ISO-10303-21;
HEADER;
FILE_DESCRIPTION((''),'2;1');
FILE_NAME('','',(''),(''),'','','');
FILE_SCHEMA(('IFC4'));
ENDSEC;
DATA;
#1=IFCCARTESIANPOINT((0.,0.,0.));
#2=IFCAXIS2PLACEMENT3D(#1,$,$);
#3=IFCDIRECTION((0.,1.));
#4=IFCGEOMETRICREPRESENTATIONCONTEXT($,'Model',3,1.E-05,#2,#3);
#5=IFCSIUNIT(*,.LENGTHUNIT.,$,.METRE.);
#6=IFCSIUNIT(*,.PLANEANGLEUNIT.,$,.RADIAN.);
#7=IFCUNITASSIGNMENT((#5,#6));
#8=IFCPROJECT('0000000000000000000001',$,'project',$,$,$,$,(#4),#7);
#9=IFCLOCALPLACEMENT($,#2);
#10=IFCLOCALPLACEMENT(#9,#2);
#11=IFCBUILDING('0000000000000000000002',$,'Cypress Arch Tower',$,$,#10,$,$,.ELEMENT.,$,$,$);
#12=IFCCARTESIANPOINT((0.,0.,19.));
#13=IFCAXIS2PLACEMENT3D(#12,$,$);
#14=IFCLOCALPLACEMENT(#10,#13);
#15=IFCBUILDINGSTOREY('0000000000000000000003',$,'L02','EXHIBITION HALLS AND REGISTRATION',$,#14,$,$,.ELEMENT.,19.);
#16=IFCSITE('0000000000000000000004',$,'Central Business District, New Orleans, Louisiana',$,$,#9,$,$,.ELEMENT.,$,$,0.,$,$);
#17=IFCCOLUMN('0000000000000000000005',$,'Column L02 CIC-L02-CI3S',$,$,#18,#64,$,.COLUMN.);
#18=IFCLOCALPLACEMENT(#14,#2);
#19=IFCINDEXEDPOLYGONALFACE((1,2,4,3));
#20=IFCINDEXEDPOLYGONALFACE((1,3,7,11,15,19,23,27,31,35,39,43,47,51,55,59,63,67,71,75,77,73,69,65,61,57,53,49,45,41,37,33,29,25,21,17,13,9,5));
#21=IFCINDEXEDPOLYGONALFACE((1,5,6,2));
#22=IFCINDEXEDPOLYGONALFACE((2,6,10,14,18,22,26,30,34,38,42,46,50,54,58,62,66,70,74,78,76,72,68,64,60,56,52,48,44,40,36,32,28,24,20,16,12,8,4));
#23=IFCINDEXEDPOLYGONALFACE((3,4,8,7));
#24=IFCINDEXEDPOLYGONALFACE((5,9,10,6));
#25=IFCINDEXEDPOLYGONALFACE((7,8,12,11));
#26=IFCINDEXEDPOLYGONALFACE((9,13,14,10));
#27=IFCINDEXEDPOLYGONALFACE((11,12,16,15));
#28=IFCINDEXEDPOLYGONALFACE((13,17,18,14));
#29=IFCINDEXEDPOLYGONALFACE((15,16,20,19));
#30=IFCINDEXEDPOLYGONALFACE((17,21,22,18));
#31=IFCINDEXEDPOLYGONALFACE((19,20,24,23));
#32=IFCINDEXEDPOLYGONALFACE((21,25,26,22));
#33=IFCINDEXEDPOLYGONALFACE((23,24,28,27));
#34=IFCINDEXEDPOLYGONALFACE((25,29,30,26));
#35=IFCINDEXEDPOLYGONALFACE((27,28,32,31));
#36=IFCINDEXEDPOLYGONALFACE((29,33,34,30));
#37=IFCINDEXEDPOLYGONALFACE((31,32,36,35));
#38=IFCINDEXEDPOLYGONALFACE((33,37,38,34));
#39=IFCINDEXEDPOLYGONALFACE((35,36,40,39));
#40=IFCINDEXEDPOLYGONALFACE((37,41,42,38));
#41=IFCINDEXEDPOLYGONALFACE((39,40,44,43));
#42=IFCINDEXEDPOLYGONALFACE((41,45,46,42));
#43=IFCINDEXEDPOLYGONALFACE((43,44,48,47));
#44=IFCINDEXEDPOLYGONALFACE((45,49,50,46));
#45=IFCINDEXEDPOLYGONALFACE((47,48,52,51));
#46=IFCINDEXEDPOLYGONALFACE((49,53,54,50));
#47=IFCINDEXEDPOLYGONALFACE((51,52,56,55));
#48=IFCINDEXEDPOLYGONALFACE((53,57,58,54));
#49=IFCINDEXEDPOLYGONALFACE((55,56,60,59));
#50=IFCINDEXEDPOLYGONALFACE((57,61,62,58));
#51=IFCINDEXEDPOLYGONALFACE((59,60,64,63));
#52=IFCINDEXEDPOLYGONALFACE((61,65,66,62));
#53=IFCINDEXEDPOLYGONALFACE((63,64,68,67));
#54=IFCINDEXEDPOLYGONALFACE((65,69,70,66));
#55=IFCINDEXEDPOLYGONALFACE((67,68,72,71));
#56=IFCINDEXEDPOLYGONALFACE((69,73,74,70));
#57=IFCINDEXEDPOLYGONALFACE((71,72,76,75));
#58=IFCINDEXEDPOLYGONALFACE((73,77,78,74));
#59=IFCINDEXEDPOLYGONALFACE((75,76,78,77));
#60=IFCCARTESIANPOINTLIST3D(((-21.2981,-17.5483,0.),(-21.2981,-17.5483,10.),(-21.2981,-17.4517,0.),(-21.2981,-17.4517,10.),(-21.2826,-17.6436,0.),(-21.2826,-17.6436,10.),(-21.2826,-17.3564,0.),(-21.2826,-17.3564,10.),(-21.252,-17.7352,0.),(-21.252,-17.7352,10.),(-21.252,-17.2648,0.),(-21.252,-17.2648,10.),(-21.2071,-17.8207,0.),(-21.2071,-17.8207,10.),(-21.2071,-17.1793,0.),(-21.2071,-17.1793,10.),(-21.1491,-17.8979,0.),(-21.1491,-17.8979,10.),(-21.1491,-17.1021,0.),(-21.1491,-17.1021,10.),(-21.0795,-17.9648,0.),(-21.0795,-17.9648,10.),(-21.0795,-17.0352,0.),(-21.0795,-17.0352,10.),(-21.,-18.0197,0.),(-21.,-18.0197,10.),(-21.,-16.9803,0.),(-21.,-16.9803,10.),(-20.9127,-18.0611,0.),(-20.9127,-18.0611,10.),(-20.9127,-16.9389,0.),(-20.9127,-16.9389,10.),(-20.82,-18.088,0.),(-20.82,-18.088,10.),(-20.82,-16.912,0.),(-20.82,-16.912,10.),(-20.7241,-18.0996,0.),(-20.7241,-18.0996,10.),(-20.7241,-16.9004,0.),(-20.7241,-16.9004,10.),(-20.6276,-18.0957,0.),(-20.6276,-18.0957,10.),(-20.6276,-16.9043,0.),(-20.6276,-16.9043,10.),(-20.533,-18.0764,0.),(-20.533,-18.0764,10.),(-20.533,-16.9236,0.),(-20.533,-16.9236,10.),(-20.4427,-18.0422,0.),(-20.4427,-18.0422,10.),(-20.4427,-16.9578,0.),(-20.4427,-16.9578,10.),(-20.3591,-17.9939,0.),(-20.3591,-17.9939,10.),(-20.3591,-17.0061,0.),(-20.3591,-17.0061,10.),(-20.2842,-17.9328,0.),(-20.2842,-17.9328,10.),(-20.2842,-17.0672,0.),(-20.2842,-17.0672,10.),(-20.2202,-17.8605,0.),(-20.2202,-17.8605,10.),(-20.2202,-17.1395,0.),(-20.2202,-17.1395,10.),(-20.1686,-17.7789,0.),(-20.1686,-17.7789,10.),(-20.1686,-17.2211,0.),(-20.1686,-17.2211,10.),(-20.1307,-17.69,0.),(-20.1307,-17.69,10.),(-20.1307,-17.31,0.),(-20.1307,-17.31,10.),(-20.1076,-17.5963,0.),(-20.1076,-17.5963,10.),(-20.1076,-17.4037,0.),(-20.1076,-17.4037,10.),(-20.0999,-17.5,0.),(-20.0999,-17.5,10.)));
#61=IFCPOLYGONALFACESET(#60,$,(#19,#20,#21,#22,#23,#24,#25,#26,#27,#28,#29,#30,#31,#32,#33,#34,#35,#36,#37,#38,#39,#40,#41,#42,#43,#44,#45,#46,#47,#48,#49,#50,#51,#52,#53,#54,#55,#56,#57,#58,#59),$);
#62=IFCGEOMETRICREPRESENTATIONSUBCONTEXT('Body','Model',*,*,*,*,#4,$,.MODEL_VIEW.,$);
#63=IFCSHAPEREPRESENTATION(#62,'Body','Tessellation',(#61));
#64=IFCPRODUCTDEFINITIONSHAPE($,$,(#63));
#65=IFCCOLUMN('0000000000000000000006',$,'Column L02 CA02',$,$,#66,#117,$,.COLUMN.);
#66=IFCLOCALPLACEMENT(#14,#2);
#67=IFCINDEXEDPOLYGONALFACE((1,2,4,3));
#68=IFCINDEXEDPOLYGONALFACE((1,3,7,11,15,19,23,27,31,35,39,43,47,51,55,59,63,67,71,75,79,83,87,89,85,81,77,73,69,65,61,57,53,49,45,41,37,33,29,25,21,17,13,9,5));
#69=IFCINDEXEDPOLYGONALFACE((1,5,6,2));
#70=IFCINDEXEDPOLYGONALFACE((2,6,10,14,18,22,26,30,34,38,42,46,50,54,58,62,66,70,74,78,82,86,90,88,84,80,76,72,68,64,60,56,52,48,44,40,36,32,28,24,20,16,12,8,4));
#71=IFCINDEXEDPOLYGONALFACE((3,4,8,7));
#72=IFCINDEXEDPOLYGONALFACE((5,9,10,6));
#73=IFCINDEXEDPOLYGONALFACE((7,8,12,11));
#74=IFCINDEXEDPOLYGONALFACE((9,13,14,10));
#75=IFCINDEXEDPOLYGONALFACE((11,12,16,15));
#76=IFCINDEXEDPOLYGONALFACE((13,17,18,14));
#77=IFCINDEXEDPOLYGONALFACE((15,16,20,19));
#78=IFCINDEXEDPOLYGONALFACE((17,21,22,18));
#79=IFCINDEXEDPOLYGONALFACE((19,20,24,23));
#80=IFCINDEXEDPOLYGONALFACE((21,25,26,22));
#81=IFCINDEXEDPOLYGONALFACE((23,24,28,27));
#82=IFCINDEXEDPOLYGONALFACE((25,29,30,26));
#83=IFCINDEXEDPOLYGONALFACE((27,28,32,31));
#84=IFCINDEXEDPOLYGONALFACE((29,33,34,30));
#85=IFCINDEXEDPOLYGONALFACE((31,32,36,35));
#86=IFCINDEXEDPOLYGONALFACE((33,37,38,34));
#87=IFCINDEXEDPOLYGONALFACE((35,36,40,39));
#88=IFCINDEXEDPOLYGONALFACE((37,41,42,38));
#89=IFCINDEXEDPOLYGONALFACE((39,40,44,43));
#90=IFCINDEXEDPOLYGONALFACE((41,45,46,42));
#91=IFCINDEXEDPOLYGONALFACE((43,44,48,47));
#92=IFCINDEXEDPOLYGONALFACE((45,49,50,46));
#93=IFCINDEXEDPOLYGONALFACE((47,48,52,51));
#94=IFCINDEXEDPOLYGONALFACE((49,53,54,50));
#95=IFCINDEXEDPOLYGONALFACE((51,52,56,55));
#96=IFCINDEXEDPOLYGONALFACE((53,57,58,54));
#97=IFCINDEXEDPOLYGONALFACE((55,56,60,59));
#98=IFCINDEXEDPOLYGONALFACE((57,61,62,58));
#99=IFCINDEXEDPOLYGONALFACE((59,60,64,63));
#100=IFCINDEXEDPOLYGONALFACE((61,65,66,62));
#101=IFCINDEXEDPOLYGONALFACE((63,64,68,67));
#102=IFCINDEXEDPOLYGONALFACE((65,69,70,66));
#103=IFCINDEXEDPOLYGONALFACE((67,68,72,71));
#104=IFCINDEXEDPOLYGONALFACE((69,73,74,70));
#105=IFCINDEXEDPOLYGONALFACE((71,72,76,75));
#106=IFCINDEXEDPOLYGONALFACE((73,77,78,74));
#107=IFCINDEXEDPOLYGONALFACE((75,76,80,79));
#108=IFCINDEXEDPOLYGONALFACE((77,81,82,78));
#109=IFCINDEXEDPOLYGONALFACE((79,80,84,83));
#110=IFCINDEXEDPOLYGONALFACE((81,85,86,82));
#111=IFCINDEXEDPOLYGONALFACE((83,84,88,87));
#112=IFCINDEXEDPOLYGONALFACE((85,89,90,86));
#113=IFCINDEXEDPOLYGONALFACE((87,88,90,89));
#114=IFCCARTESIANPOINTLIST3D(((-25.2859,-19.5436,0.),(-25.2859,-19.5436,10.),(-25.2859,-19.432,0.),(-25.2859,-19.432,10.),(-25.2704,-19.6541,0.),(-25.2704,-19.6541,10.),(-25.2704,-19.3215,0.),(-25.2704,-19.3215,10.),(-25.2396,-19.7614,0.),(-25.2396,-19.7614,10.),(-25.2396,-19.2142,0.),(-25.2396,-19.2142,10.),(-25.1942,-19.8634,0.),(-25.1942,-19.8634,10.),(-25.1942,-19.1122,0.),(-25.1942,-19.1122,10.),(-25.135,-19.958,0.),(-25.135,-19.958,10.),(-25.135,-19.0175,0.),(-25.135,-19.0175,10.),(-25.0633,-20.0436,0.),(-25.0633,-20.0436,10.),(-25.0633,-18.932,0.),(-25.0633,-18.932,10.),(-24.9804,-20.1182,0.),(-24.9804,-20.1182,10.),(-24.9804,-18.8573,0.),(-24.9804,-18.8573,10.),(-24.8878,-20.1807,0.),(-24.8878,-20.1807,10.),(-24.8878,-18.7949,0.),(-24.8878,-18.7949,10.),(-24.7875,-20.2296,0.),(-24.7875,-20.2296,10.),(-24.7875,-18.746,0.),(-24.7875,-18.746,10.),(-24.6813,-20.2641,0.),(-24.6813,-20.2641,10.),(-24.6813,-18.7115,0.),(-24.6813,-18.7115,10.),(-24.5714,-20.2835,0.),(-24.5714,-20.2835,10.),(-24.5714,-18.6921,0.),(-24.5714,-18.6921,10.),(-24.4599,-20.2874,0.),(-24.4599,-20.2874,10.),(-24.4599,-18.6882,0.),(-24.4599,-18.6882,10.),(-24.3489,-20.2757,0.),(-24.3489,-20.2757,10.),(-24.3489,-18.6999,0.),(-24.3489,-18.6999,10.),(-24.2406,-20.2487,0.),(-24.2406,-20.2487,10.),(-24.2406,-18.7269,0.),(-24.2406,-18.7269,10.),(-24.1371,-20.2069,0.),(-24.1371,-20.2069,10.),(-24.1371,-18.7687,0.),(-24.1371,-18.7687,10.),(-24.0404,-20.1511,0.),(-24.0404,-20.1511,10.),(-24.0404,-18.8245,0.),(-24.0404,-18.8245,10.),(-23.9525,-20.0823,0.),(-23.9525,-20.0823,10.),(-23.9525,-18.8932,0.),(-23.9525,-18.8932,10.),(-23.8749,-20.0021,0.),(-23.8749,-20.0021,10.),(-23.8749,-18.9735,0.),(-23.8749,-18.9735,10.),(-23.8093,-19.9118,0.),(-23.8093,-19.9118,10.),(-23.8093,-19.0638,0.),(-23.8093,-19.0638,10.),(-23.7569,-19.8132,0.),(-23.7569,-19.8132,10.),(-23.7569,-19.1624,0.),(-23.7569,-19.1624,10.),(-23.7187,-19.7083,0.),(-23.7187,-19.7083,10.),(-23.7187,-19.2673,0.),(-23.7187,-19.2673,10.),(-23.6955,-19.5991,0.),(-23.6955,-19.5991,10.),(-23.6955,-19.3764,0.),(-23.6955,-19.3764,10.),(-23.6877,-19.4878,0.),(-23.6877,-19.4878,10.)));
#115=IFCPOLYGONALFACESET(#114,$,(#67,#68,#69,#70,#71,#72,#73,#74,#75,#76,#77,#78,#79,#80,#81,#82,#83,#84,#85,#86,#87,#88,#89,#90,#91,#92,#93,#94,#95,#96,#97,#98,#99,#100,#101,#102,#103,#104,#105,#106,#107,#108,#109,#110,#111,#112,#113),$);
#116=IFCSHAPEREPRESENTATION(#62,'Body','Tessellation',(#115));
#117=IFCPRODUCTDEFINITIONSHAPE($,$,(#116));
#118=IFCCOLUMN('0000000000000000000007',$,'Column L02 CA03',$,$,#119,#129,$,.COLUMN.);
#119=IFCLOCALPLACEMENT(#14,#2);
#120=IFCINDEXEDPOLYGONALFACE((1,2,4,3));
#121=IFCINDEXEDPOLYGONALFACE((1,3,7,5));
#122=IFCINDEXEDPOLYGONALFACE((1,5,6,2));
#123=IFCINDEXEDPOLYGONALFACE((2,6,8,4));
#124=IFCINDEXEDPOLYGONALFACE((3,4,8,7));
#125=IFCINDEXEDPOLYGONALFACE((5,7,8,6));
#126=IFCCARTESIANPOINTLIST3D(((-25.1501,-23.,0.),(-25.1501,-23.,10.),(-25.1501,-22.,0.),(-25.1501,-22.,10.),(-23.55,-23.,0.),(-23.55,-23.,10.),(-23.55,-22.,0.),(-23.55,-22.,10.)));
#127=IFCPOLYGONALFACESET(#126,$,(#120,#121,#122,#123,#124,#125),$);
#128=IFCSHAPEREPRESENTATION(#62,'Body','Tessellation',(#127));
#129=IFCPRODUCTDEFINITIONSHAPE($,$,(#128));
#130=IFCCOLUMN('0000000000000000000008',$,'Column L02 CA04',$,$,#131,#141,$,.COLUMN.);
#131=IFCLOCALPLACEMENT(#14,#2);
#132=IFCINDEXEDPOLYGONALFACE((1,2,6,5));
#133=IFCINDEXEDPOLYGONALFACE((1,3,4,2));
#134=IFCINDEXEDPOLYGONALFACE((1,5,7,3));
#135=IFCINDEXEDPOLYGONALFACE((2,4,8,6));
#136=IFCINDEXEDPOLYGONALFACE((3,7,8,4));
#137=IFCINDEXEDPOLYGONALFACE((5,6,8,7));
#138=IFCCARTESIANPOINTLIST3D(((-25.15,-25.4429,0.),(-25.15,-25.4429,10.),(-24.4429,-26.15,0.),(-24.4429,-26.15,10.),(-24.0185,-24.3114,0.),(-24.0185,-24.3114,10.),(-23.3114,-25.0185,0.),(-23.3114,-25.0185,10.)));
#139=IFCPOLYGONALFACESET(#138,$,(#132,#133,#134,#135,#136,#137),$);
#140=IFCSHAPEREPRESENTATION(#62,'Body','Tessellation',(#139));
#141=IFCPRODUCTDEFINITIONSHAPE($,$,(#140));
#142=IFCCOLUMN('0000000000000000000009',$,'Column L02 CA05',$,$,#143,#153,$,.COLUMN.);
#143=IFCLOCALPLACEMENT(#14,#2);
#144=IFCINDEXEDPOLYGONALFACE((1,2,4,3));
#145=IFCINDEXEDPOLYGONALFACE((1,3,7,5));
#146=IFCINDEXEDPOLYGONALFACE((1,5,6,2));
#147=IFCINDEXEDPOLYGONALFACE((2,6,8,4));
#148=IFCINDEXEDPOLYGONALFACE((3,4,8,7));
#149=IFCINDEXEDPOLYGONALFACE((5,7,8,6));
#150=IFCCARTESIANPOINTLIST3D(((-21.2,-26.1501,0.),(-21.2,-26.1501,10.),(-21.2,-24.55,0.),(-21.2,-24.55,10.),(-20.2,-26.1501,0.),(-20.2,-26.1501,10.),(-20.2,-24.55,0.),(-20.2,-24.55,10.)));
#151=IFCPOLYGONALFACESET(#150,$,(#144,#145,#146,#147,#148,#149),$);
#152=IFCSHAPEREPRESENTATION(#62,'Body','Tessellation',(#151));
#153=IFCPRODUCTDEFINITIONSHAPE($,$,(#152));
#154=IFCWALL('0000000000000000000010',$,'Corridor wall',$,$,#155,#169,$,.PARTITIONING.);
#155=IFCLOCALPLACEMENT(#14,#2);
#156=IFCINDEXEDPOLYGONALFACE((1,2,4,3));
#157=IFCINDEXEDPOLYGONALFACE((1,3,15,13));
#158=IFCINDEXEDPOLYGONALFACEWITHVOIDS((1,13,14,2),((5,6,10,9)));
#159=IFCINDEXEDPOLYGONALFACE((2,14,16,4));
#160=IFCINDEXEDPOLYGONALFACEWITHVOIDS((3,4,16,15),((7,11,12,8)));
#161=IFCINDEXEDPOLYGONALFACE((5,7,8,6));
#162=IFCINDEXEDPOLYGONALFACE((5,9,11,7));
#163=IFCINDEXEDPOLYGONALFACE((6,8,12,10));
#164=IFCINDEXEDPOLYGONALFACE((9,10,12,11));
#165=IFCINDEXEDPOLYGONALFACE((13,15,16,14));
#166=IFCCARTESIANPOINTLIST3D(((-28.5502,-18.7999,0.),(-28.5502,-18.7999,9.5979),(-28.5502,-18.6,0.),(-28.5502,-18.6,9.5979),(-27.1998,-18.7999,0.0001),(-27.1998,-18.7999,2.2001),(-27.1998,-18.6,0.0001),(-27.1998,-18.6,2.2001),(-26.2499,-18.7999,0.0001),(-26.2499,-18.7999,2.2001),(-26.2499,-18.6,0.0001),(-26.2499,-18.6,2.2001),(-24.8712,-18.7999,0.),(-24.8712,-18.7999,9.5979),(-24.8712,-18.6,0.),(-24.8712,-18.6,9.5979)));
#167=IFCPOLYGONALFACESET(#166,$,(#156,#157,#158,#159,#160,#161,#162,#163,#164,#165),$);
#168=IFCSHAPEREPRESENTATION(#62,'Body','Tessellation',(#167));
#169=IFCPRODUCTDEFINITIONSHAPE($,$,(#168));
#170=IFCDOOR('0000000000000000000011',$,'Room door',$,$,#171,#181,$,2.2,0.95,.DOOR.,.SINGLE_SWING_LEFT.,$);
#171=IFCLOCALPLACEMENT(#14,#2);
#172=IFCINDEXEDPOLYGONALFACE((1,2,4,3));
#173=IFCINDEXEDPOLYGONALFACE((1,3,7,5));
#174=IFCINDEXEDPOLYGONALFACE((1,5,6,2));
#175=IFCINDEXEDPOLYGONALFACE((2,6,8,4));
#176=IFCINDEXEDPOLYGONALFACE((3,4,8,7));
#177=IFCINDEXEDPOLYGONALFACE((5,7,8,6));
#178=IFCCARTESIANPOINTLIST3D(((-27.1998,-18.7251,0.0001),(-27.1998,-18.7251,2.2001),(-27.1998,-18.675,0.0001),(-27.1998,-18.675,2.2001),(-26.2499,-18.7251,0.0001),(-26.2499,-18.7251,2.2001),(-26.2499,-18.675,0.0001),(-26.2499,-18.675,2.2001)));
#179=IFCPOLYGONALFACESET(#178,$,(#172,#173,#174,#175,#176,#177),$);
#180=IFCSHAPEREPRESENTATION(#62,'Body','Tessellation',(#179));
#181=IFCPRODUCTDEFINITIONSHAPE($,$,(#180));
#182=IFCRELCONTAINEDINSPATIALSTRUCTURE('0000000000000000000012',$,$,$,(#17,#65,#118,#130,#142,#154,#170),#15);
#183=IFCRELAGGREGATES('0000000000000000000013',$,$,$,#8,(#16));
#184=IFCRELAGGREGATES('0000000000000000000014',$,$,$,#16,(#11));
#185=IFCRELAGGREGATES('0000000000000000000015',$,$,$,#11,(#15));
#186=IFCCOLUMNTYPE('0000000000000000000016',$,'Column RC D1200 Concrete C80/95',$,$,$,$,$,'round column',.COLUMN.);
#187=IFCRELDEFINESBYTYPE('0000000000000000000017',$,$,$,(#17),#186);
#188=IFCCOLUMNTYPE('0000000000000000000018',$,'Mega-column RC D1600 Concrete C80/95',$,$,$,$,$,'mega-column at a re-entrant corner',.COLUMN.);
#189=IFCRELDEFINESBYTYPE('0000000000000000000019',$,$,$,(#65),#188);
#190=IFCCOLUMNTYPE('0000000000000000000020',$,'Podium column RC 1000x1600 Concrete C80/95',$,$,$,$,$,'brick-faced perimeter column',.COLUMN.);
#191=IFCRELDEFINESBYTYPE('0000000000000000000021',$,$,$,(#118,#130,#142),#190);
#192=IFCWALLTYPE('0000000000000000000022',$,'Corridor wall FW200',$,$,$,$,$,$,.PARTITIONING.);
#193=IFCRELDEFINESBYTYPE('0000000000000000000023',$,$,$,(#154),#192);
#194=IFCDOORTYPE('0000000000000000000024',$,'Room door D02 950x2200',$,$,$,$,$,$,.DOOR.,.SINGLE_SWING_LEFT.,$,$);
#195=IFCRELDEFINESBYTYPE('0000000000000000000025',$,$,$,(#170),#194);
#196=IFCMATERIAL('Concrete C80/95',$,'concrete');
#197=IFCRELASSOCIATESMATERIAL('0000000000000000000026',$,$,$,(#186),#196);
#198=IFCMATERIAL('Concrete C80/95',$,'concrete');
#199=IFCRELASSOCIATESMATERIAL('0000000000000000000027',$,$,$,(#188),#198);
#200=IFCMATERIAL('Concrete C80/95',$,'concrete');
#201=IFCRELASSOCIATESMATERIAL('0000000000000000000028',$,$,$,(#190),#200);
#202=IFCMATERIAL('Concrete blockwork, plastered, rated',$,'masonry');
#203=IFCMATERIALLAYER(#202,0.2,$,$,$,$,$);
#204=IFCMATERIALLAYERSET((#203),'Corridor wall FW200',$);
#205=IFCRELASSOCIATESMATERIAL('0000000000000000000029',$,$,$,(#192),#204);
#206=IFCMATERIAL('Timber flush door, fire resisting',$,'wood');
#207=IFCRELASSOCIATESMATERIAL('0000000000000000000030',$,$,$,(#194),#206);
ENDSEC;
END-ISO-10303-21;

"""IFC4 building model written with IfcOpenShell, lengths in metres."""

from ifc_helpers import new_model, si_unit, direction, frame, frame_2d, origin, origin_2d, place, context, subcontext, project, spatial, rectangle, circle, extrude, material, layer, layer_set, material_profile, profile_set, type_object, element, fill, save


model = new_model("IFC4")

# Units and contexts
model_context = context("Model", 3, precision=1e-05, world=origin(), true_north=direction((0.0, 1.0)))
body_context = subcontext(model_context, "Body", "Model", "MODEL_VIEW")
ifc_project = project(units=[si_unit("LENGTHUNIT", "METRE"), si_unit("PLANEANGLEUNIT", "RADIAN")], contexts=[model_context])

# Site, building, storey
site_placement = place(None, origin())
site = spatial("IfcSite", under=ifc_project, at=site_placement, Name="Central Business District, New Orleans, Louisiana", CompositionType="ELEMENT", RefElevation=0.0)
building_placement = place(site_placement, origin())
building = spatial("IfcBuilding", under=site, at=building_placement, Name="Cypress Arch Tower", CompositionType="ELEMENT")
storey_placement = place(building_placement, frame((0.0, 0.0, 19.0)))
storey = spatial("IfcBuildingStorey", under=building, at=storey_placement, Name="L02", Description="EXHIBITION HALLS AND REGISTRATION", CompositionType="ELEMENT", Elevation=19.0)

# Columns
ifc_material_1 = material(Name="Concrete C80/95", Category="concrete")
ifc_material_profile_1 = material_profile(ifc_material_1, circle(Radius=0.6001, at=origin_2d()), Name="RC D1200")
ifc_profile_set_1 = profile_set([ifc_material_profile_1], Name="Concrete C80/95")
column_type_1 = type_object("IfcColumnType", Name="Column RC D1200 Concrete C80/95", ElementType="round column", PredefinedType="COLUMN", material=ifc_profile_set_1)
column_1_placement = place(storey_placement, frame((-20.7, -17.5, 0.0), z_axis=(0.0, 0.0, 1.0), x_axis=(1.0, 0.0, 0.0)))
element("IfcColumn", 1, at=column_1_placement, inside=storey, type_object=column_type_1, Name="Column L02 CIC-L02-CI3S", PredefinedType="COLUMN", context=body_context, shape_type="SweptSolid", body=[
    extrude(circle(Radius=0.6001, at=origin_2d()), origin(), (0.0, 0.0, 1.0), 10.0),
])
ifc_material_2 = material(Name="Concrete C80/95", Category="concrete")
ifc_material_profile_2 = material_profile(ifc_material_2, circle(Radius=0.8, at=origin_2d()), Name="RC D1600")
ifc_profile_set_2 = profile_set([ifc_material_profile_2], Name="Concrete C80/95")
column_type_2 = type_object("IfcColumnType", Name="Mega-column RC D1600 Concrete C80/95", ElementType="mega-column at a re-entrant corner", PredefinedType="COLUMN", material=ifc_profile_set_2)
column_2_placement = place(storey_placement, frame((-24.4878, -19.4878, 0.0), z_axis=(0.0, 0.0, 1.0), x_axis=(1.0, 0.0, 0.0)))
element("IfcColumn", 2, at=column_2_placement, inside=storey, type_object=column_type_2, Name="Column L02 CA02", PredefinedType="COLUMN", context=body_context, shape_type="SweptSolid", body=[
    extrude(circle(Radius=0.8, at=origin_2d()), origin(), (0.0, 0.0, 1.0), 10.0),
])
ifc_material_3 = material(Name="Concrete C80/95", Category="concrete")
ifc_material_profile_3 = material_profile(ifc_material_3, rectangle(XDim=1.0, YDim=1.6001, at=origin_2d()), Name="RC 1000x1600")
ifc_profile_set_3 = profile_set([ifc_material_profile_3], Name="Concrete C80/95")
column_type_3 = type_object("IfcColumnType", Name="Podium column RC 1000x1600 Concrete C80/95", ElementType="brick-faced perimeter column", PredefinedType="COLUMN", material=ifc_profile_set_3)
for number, where, z_axis, x_axis, name in (
    (3, (-24.3501, -22.5, 0.0), (0.0, 0.0, 1.0), (0.0, -1.0, 0.0), "Column L02 CA03"),
    (4, (-24.2307, -25.2307, 0.0), (0.0, 0.0, 1.0), (0.707107, -0.707107, 0.0), "Column L02 CA04"),
    (5, (-20.7, -25.3501, 0.0), (0.0, 0.0, 1.0), (1.0, 0.0, 0.0), "Column L02 CA05"),
):
    element("IfcColumn", number, at=place(storey_placement, frame(where, z_axis=z_axis, x_axis=x_axis)), inside=storey, type_object=column_type_3, Name=name, PredefinedType="COLUMN", context=body_context, shape_type="SweptSolid", body=[
        extrude(rectangle(XDim=1.0, YDim=1.6001, at=origin_2d()), origin(), (0.0, 0.0, 1.0), 10.0),
    ])

# Wall, opening, door
ifc_material_4 = material(Name="Concrete blockwork, plastered, rated", Category="masonry")
ifc_layer_1 = layer(ifc_material_4, 0.2)
ifc_layer_set_1 = layer_set([ifc_layer_1], Name="Corridor wall FW200")
wall_type_1 = type_object("IfcWallType", Name="Corridor wall FW200", PredefinedType="PARTITIONING", material=ifc_layer_set_1)
wall_1_placement = place(storey_placement, frame((-28.55, -18.7, 0.0), z_axis=(0.0, 0.0, 1.0), x_axis=(1.0, 0.0, 0.0)))
wall_1 = element("IfcWall", 6, at=wall_1_placement, inside=storey, type_object=wall_type_1, Name="Corridor wall", PredefinedType="PARTITIONING", context=body_context, shape_type="SweptSolid", body=[
    extrude(rectangle(XDim=3.679, YDim=0.2, at=frame_2d((1.8394, 0.0))), origin(), (0.0, 0.0, 1.0), 9.5979),
])
opening_1_placement = place(wall_1_placement, frame((1.3501, 0.0, 0.0)))
opening_1 = element("IfcOpeningElement", 7, at=opening_1_placement, cuts=wall_1, PredefinedType="OPENING", context=body_context, shape_type="SweptSolid", body=[
    extrude(rectangle(XDim=0.95, YDim=2.2, at=frame_2d((0.4751, 1.1001))), frame((0.0, 0.1099, 0.0), z_axis=(0.0, -1.0, 0.0), x_axis=(1.0, 0.0, 0.0)), (0.0, 0.0, 1.0), 0.22),
])
ifc_material_5 = material(Name="Timber flush door, fire resisting", Category="wood")
door_type_1 = type_object("IfcDoorType", Name="Room door D02 950x2200", OperationType="SINGLE_SWING_LEFT", PredefinedType="DOOR", material=ifc_material_5)
door_1_placement = place(opening_1_placement, origin())
door_1 = element("IfcDoor", 8, at=door_1_placement, inside=storey, type_object=door_type_1, Name="Room door", OperationType="SINGLE_SWING_LEFT", OverallHeight=2.2, OverallWidth=0.95, PredefinedType="DOOR", context=body_context, shape_type="SweptSolid", body=[
    extrude(rectangle(XDim=0.95, YDim=2.2, at=frame_2d((0.4751, 1.1001))), frame((0.0, 0.0249, 0.0), z_axis=(0.0, -1.0, 0.0), x_axis=(1.0, 0.0, 0.0)), (0.0, 0.0, 1.0), 0.05),
])
fill(opening_1, door_1)

save(model, "model.ifc")
